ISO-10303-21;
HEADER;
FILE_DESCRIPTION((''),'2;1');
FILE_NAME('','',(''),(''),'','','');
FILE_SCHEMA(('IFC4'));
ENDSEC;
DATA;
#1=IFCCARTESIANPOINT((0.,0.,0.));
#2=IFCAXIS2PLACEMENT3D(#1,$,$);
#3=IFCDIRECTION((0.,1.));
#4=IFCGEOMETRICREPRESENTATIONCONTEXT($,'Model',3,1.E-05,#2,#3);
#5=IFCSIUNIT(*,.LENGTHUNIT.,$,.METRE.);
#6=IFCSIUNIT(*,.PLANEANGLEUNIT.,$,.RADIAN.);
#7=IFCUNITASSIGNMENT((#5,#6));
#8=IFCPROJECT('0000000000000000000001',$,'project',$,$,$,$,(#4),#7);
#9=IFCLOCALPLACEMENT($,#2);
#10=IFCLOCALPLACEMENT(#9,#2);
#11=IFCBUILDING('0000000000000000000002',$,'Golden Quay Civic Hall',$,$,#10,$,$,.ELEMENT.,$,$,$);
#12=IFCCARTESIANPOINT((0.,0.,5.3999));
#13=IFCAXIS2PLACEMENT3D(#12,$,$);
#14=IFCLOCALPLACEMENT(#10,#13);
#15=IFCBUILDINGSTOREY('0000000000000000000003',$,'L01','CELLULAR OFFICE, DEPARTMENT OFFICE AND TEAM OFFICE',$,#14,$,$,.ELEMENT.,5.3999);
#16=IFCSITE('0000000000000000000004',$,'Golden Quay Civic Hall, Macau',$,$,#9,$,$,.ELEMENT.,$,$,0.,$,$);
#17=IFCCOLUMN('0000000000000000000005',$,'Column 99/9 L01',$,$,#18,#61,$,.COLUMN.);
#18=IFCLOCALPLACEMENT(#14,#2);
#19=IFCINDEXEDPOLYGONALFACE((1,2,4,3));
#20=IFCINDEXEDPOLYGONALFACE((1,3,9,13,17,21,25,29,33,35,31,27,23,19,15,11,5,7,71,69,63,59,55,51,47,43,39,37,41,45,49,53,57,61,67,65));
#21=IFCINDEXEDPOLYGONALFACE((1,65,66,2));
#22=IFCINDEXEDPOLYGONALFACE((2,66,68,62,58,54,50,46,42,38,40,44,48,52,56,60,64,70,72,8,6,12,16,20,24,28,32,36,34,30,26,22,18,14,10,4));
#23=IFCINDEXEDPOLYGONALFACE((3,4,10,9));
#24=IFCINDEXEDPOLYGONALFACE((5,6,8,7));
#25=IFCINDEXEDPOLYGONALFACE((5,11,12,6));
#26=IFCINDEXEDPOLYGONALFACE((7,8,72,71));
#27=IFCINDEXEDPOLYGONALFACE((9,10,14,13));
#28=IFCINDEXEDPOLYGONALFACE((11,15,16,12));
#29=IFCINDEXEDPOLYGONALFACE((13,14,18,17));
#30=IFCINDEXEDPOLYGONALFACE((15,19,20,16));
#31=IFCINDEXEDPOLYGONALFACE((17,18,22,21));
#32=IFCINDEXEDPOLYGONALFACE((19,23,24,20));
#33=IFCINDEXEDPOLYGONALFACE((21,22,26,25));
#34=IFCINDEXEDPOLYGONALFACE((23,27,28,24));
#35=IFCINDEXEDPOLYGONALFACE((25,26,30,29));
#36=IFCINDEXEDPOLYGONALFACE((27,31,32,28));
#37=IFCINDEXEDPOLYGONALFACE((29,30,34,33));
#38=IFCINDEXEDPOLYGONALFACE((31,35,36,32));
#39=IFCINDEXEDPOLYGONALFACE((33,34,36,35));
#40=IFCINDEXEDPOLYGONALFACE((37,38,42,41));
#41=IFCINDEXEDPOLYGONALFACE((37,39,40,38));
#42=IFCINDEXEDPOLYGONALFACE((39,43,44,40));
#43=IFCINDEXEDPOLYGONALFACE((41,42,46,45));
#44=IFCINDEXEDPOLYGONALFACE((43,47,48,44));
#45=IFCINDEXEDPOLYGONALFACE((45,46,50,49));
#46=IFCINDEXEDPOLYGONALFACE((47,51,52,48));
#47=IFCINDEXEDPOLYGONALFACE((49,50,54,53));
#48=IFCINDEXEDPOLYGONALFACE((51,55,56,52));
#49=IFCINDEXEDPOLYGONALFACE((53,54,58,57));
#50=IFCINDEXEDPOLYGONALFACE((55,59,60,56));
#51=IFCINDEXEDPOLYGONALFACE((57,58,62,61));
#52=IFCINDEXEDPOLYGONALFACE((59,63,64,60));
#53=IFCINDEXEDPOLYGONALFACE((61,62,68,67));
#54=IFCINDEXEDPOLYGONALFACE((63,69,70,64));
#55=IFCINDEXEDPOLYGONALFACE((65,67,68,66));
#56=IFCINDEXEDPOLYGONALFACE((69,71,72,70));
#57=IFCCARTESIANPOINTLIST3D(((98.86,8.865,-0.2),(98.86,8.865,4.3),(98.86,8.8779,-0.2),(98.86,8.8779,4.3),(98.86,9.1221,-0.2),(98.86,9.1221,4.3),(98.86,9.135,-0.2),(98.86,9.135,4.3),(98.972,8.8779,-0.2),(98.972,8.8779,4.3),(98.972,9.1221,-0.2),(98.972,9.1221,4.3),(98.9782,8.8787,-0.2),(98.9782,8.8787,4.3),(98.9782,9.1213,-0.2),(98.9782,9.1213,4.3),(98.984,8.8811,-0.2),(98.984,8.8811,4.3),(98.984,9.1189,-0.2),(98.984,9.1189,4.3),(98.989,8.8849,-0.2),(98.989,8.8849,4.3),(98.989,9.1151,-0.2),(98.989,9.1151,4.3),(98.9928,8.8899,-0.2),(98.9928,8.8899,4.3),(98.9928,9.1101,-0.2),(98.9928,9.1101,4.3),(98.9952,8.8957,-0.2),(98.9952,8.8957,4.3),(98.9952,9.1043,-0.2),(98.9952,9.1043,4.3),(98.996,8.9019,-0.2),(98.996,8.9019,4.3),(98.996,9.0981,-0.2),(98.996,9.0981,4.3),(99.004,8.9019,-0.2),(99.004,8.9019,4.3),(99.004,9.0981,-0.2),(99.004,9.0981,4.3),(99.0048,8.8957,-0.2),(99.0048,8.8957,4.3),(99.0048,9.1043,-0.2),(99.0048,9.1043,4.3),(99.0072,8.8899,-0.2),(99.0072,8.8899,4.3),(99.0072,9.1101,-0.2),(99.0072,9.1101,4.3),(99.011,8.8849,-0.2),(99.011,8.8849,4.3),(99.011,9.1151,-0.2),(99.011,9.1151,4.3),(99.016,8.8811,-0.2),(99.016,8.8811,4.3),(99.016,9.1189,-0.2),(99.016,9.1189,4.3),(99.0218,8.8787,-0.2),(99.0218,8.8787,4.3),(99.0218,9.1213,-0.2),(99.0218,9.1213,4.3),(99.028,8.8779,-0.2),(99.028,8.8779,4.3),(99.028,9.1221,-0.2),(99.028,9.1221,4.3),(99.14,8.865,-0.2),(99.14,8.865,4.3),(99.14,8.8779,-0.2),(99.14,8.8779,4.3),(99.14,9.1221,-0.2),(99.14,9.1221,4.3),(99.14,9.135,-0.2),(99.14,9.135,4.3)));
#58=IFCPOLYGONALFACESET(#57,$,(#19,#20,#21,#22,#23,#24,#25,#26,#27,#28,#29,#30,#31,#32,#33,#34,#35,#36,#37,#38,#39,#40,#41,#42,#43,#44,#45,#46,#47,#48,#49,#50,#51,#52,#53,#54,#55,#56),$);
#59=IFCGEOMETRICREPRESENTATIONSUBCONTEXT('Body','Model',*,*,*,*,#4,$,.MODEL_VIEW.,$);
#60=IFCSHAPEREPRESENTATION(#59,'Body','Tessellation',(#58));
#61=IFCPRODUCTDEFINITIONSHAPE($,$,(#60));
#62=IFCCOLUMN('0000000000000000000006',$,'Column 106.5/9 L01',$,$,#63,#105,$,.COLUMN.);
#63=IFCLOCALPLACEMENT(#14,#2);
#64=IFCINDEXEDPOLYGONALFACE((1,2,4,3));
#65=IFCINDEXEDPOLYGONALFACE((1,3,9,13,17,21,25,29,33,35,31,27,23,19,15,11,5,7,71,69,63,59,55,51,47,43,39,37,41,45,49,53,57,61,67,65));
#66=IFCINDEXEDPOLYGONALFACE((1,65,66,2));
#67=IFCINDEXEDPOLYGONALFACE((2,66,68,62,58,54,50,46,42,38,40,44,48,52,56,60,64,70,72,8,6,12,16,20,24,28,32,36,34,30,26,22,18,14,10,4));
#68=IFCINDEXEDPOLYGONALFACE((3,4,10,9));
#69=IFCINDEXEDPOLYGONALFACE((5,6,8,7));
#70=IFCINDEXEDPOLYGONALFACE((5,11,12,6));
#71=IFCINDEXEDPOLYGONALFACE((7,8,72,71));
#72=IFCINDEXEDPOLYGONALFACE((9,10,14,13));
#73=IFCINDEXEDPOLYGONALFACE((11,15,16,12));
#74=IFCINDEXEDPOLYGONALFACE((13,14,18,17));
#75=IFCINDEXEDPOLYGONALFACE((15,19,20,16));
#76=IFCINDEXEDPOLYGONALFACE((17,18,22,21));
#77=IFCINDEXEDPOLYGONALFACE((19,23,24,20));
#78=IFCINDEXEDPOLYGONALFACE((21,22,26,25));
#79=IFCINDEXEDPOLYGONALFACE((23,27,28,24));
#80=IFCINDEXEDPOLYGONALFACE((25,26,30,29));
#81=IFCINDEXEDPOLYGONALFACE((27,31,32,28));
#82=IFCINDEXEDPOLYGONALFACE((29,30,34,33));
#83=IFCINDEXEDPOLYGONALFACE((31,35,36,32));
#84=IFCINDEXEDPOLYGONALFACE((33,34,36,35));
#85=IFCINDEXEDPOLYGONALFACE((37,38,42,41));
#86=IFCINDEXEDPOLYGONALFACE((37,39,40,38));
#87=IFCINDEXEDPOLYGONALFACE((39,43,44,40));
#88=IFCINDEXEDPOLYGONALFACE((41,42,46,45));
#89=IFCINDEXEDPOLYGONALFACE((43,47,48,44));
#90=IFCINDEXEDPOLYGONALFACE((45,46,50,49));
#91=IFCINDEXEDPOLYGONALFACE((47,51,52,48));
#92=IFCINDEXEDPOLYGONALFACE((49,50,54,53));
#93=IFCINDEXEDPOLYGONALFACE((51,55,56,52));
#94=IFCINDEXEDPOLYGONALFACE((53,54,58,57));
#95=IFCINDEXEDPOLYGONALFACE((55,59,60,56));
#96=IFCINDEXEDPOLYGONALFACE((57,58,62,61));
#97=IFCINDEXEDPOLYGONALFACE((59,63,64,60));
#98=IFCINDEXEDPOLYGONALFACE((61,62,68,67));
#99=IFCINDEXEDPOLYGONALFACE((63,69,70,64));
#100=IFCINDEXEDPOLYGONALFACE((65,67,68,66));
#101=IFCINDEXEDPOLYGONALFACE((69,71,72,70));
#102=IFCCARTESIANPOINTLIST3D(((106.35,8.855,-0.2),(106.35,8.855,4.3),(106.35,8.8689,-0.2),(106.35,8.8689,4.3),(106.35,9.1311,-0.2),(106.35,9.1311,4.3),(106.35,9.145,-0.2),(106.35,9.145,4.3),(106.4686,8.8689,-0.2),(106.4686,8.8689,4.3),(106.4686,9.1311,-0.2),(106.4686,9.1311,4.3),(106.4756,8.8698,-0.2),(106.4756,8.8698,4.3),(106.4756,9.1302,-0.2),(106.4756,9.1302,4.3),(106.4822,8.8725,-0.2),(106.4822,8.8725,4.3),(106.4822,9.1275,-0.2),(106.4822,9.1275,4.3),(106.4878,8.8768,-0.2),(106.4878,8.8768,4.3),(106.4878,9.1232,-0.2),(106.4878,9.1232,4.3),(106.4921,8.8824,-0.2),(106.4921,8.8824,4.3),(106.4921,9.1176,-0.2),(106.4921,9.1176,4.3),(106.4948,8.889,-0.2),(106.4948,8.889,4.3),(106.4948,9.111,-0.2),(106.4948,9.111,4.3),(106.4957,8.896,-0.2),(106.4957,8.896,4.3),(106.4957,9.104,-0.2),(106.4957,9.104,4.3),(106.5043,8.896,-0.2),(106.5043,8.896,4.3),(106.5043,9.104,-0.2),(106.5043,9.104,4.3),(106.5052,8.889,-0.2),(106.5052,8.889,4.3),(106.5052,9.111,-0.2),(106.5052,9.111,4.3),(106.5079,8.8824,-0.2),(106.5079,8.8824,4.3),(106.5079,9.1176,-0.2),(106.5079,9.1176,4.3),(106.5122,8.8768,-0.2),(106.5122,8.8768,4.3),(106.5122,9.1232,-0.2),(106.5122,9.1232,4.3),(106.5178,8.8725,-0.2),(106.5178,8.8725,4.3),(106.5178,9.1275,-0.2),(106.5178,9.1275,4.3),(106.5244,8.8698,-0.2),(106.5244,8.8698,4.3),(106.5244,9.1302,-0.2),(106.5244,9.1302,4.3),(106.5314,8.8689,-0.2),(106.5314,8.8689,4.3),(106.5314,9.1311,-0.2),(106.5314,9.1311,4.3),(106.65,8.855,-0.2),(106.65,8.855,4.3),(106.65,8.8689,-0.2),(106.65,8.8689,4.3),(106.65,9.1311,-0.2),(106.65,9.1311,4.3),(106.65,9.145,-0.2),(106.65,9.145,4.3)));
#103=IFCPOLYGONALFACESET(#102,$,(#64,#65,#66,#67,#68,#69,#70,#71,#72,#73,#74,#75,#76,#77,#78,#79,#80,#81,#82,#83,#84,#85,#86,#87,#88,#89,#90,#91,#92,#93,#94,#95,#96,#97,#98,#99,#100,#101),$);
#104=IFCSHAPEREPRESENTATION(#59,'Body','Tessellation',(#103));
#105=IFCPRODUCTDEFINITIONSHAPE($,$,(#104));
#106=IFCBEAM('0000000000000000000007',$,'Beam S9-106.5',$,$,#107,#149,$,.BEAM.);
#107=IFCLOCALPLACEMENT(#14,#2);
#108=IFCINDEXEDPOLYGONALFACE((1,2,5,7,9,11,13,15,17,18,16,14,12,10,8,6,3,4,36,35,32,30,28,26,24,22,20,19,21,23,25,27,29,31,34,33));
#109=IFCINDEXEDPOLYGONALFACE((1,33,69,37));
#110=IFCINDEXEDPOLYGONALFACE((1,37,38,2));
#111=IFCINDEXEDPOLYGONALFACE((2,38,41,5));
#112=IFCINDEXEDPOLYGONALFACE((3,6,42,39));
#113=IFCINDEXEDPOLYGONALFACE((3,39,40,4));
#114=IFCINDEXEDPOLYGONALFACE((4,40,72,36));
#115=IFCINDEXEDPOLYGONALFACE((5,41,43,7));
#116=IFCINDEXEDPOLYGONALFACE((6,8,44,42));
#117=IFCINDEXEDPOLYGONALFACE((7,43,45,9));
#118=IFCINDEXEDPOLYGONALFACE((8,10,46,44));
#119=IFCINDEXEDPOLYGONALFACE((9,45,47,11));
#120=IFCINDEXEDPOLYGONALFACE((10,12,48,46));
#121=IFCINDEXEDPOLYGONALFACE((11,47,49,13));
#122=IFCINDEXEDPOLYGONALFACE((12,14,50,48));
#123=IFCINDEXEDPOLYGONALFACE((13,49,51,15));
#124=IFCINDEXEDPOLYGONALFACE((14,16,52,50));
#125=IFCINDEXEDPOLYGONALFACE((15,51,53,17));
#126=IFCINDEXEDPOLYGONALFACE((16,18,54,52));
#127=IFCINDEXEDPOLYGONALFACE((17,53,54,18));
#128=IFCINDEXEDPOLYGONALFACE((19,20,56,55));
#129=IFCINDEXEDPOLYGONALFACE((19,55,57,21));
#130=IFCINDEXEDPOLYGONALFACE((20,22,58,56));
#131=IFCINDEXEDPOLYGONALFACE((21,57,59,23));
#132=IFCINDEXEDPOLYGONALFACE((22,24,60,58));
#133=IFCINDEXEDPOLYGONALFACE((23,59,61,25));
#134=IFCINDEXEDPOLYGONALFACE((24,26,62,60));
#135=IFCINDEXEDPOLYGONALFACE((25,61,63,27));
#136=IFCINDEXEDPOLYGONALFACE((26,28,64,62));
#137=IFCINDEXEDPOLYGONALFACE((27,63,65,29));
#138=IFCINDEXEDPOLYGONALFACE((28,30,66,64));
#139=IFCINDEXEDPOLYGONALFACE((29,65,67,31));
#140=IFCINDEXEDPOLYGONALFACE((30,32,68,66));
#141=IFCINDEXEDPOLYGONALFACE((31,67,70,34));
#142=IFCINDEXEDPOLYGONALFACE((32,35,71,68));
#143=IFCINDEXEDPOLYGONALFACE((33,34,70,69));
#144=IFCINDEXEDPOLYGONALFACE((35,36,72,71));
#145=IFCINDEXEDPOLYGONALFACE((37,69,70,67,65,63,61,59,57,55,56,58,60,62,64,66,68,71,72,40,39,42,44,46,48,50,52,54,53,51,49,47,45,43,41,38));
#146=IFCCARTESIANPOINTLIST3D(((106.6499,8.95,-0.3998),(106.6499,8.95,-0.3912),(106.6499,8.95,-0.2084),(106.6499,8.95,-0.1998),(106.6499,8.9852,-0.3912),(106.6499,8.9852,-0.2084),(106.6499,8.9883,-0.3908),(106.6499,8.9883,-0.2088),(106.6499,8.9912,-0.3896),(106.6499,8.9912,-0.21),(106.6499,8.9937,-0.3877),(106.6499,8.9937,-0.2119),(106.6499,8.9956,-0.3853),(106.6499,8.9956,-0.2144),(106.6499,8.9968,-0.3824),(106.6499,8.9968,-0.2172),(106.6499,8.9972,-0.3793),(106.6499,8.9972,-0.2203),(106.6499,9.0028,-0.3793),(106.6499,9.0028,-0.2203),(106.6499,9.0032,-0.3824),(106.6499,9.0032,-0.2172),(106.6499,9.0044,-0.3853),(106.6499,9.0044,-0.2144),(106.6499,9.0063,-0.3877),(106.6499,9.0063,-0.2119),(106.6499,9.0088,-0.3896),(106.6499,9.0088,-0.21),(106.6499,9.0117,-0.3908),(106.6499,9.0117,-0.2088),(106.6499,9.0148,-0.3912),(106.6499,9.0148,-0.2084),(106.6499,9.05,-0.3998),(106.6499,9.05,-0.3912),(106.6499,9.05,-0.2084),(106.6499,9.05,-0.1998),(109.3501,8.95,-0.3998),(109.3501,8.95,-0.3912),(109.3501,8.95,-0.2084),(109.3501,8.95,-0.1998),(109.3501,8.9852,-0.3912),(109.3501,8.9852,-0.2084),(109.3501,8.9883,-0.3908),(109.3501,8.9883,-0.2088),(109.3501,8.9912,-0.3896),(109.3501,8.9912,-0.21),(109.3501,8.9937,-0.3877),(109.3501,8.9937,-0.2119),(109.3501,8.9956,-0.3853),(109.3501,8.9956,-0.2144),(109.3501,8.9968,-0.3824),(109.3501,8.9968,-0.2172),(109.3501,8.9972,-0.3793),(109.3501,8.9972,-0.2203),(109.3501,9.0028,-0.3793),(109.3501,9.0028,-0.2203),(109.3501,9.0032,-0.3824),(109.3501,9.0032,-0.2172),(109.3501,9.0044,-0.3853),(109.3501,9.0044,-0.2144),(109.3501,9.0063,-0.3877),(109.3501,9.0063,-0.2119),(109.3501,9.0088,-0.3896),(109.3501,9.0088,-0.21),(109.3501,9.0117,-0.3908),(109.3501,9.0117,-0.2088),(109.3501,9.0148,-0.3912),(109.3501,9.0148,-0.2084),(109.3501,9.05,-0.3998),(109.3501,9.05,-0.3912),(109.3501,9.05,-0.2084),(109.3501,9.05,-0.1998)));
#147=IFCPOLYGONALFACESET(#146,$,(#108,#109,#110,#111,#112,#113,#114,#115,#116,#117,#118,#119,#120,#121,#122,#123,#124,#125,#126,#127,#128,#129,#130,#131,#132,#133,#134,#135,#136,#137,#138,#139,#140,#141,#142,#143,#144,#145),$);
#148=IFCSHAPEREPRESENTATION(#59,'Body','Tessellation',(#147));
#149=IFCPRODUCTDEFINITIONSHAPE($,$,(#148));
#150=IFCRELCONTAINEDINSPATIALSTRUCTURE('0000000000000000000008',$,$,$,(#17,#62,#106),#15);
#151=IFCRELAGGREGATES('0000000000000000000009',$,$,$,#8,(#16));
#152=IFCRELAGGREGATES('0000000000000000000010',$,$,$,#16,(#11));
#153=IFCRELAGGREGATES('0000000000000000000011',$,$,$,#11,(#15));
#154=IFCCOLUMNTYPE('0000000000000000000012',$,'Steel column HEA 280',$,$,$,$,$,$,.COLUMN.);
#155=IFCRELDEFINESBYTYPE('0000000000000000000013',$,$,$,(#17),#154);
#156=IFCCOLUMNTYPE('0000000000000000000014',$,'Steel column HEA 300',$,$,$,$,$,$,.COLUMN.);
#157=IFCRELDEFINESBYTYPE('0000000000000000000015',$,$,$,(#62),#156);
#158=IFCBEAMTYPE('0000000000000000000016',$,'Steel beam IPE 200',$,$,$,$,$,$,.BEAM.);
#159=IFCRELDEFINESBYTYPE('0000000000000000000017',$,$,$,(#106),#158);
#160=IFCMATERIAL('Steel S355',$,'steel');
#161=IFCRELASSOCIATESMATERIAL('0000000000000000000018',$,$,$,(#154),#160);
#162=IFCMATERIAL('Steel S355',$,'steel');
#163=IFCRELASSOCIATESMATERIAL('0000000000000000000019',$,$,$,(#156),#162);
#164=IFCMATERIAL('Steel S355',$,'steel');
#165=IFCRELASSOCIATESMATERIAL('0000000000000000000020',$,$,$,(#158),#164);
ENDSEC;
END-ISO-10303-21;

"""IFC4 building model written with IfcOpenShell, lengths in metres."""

from ifc_helpers import new_model, si_unit, direction, frame, origin, origin_2d, place, context, subcontext, project, spatial, i_section, extrude, material, material_profile, profile_set, type_object, element, save


model = new_model("IFC4")

# Units and contexts
model_context = context("Model", 3, precision=1e-05, world=origin(), true_north=direction((0.0, 1.0)))
body_context = subcontext(model_context, "Body", "Model", "MODEL_VIEW")
ifc_project = project(units=[si_unit("LENGTHUNIT", "METRE"), si_unit("PLANEANGLEUNIT", "RADIAN")], contexts=[model_context])

# Site, building, storey
site_placement = place(None, origin())
site = spatial("IfcSite", under=ifc_project, at=site_placement, Name="Golden Quay Civic Hall, Macau", CompositionType="ELEMENT", RefElevation=0.0)
building_placement = place(site_placement, origin())
building = spatial("IfcBuilding", under=site, at=building_placement, Name="Golden Quay Civic Hall", CompositionType="ELEMENT")
storey_placement = place(building_placement, frame((0.0, 0.0, 5.3999)))
storey = spatial("IfcBuildingStorey", under=building, at=storey_placement, Name="L01", Description="CELLULAR OFFICE, DEPARTMENT OFFICE AND TEAM OFFICE", CompositionType="ELEMENT", Elevation=5.3999)

# Columns
ifc_material_1 = material(Name="Steel S355", Category="steel")
ifc_material_profile_1 = material_profile(ifc_material_1, i_section(OverallWidth=0.28, OverallDepth=0.27, WebThickness=0.0081, FlangeThickness=0.0129, FilletRadius=0.0239, at=origin_2d()), Name="HEA 280")
ifc_profile_set_1 = profile_set([ifc_material_profile_1], Name="Steel S355")
column_type_1 = type_object("IfcColumnType", Name="Steel column HEA 280", PredefinedType="COLUMN", material=ifc_profile_set_1)
column_1_placement = place(storey_placement, frame((99.0, 9.0, -0.2), z_axis=(0.0, 0.0, 1.0), x_axis=(1.0, 0.0, 0.0)))
element("IfcColumn", 1, at=column_1_placement, inside=storey, type_object=column_type_1, Name="Column 99/9 L01", PredefinedType="COLUMN", context=body_context, shape_type="SweptSolid", body=[
    extrude(i_section(OverallWidth=0.28, OverallDepth=0.27, WebThickness=0.0081, FlangeThickness=0.0129, FilletRadius=0.0239, at=origin_2d()), origin(), (0.0, 0.0, 1.0), 4.5),
])
ifc_material_2 = material(Name="Steel S355", Category="steel")
ifc_material_profile_2 = material_profile(ifc_material_2, i_section(OverallWidth=0.3, OverallDepth=0.29, WebThickness=0.0085, FlangeThickness=0.0139, FilletRadius=0.0271, at=origin_2d()), Name="HEA 300")
ifc_profile_set_2 = profile_set([ifc_material_profile_2], Name="Steel S355")
column_type_2 = type_object("IfcColumnType", Name="Steel column HEA 300", PredefinedType="COLUMN", material=ifc_profile_set_2)
column_2_placement = place(storey_placement, frame((106.5, 9.0, -0.2), z_axis=(0.0, 0.0, 1.0), x_axis=(1.0, 0.0, 0.0)))
element("IfcColumn", 2, at=column_2_placement, inside=storey, type_object=column_type_2, Name="Column 106.5/9 L01", PredefinedType="COLUMN", context=body_context, shape_type="SweptSolid", body=[
    extrude(i_section(OverallWidth=0.3, OverallDepth=0.29, WebThickness=0.0085, FlangeThickness=0.0139, FilletRadius=0.0271, at=origin_2d()), origin(), (0.0, 0.0, 1.0), 4.5),
])

# Beam
ifc_material_3 = material(Name="Steel S355", Category="steel")
ifc_material_profile_3 = material_profile(ifc_material_3, i_section(OverallWidth=0.1001, OverallDepth=0.2, WebThickness=0.0056, FlangeThickness=0.0085, FilletRadius=0.012, at=origin_2d()), Name="IPE 200")
ifc_profile_set_3 = profile_set([ifc_material_profile_3], Name="Steel S355")
beam_type_1 = type_object("IfcBeamType", Name="Steel beam IPE 200", PredefinedType="BEAM", material=ifc_profile_set_3)
beam_1_placement = place(storey_placement, frame((106.6499, 9.0, -0.2998), z_axis=(1.0, 0.0, 0.0), x_axis=(0.0, 1.0, 0.0)))
element("IfcBeam", 3, at=beam_1_placement, inside=storey, type_object=beam_type_1, Name="Beam S9-106.5", PredefinedType="BEAM", context=body_context, shape_type="SweptSolid", body=[
    extrude(i_section(OverallWidth=0.1001, OverallDepth=0.2, WebThickness=0.0056, FlangeThickness=0.0085, FilletRadius=0.012, at=origin_2d()), origin(), (0.0, 0.0, 1.0), 2.7002),
])

save(model, "model.ifc")
